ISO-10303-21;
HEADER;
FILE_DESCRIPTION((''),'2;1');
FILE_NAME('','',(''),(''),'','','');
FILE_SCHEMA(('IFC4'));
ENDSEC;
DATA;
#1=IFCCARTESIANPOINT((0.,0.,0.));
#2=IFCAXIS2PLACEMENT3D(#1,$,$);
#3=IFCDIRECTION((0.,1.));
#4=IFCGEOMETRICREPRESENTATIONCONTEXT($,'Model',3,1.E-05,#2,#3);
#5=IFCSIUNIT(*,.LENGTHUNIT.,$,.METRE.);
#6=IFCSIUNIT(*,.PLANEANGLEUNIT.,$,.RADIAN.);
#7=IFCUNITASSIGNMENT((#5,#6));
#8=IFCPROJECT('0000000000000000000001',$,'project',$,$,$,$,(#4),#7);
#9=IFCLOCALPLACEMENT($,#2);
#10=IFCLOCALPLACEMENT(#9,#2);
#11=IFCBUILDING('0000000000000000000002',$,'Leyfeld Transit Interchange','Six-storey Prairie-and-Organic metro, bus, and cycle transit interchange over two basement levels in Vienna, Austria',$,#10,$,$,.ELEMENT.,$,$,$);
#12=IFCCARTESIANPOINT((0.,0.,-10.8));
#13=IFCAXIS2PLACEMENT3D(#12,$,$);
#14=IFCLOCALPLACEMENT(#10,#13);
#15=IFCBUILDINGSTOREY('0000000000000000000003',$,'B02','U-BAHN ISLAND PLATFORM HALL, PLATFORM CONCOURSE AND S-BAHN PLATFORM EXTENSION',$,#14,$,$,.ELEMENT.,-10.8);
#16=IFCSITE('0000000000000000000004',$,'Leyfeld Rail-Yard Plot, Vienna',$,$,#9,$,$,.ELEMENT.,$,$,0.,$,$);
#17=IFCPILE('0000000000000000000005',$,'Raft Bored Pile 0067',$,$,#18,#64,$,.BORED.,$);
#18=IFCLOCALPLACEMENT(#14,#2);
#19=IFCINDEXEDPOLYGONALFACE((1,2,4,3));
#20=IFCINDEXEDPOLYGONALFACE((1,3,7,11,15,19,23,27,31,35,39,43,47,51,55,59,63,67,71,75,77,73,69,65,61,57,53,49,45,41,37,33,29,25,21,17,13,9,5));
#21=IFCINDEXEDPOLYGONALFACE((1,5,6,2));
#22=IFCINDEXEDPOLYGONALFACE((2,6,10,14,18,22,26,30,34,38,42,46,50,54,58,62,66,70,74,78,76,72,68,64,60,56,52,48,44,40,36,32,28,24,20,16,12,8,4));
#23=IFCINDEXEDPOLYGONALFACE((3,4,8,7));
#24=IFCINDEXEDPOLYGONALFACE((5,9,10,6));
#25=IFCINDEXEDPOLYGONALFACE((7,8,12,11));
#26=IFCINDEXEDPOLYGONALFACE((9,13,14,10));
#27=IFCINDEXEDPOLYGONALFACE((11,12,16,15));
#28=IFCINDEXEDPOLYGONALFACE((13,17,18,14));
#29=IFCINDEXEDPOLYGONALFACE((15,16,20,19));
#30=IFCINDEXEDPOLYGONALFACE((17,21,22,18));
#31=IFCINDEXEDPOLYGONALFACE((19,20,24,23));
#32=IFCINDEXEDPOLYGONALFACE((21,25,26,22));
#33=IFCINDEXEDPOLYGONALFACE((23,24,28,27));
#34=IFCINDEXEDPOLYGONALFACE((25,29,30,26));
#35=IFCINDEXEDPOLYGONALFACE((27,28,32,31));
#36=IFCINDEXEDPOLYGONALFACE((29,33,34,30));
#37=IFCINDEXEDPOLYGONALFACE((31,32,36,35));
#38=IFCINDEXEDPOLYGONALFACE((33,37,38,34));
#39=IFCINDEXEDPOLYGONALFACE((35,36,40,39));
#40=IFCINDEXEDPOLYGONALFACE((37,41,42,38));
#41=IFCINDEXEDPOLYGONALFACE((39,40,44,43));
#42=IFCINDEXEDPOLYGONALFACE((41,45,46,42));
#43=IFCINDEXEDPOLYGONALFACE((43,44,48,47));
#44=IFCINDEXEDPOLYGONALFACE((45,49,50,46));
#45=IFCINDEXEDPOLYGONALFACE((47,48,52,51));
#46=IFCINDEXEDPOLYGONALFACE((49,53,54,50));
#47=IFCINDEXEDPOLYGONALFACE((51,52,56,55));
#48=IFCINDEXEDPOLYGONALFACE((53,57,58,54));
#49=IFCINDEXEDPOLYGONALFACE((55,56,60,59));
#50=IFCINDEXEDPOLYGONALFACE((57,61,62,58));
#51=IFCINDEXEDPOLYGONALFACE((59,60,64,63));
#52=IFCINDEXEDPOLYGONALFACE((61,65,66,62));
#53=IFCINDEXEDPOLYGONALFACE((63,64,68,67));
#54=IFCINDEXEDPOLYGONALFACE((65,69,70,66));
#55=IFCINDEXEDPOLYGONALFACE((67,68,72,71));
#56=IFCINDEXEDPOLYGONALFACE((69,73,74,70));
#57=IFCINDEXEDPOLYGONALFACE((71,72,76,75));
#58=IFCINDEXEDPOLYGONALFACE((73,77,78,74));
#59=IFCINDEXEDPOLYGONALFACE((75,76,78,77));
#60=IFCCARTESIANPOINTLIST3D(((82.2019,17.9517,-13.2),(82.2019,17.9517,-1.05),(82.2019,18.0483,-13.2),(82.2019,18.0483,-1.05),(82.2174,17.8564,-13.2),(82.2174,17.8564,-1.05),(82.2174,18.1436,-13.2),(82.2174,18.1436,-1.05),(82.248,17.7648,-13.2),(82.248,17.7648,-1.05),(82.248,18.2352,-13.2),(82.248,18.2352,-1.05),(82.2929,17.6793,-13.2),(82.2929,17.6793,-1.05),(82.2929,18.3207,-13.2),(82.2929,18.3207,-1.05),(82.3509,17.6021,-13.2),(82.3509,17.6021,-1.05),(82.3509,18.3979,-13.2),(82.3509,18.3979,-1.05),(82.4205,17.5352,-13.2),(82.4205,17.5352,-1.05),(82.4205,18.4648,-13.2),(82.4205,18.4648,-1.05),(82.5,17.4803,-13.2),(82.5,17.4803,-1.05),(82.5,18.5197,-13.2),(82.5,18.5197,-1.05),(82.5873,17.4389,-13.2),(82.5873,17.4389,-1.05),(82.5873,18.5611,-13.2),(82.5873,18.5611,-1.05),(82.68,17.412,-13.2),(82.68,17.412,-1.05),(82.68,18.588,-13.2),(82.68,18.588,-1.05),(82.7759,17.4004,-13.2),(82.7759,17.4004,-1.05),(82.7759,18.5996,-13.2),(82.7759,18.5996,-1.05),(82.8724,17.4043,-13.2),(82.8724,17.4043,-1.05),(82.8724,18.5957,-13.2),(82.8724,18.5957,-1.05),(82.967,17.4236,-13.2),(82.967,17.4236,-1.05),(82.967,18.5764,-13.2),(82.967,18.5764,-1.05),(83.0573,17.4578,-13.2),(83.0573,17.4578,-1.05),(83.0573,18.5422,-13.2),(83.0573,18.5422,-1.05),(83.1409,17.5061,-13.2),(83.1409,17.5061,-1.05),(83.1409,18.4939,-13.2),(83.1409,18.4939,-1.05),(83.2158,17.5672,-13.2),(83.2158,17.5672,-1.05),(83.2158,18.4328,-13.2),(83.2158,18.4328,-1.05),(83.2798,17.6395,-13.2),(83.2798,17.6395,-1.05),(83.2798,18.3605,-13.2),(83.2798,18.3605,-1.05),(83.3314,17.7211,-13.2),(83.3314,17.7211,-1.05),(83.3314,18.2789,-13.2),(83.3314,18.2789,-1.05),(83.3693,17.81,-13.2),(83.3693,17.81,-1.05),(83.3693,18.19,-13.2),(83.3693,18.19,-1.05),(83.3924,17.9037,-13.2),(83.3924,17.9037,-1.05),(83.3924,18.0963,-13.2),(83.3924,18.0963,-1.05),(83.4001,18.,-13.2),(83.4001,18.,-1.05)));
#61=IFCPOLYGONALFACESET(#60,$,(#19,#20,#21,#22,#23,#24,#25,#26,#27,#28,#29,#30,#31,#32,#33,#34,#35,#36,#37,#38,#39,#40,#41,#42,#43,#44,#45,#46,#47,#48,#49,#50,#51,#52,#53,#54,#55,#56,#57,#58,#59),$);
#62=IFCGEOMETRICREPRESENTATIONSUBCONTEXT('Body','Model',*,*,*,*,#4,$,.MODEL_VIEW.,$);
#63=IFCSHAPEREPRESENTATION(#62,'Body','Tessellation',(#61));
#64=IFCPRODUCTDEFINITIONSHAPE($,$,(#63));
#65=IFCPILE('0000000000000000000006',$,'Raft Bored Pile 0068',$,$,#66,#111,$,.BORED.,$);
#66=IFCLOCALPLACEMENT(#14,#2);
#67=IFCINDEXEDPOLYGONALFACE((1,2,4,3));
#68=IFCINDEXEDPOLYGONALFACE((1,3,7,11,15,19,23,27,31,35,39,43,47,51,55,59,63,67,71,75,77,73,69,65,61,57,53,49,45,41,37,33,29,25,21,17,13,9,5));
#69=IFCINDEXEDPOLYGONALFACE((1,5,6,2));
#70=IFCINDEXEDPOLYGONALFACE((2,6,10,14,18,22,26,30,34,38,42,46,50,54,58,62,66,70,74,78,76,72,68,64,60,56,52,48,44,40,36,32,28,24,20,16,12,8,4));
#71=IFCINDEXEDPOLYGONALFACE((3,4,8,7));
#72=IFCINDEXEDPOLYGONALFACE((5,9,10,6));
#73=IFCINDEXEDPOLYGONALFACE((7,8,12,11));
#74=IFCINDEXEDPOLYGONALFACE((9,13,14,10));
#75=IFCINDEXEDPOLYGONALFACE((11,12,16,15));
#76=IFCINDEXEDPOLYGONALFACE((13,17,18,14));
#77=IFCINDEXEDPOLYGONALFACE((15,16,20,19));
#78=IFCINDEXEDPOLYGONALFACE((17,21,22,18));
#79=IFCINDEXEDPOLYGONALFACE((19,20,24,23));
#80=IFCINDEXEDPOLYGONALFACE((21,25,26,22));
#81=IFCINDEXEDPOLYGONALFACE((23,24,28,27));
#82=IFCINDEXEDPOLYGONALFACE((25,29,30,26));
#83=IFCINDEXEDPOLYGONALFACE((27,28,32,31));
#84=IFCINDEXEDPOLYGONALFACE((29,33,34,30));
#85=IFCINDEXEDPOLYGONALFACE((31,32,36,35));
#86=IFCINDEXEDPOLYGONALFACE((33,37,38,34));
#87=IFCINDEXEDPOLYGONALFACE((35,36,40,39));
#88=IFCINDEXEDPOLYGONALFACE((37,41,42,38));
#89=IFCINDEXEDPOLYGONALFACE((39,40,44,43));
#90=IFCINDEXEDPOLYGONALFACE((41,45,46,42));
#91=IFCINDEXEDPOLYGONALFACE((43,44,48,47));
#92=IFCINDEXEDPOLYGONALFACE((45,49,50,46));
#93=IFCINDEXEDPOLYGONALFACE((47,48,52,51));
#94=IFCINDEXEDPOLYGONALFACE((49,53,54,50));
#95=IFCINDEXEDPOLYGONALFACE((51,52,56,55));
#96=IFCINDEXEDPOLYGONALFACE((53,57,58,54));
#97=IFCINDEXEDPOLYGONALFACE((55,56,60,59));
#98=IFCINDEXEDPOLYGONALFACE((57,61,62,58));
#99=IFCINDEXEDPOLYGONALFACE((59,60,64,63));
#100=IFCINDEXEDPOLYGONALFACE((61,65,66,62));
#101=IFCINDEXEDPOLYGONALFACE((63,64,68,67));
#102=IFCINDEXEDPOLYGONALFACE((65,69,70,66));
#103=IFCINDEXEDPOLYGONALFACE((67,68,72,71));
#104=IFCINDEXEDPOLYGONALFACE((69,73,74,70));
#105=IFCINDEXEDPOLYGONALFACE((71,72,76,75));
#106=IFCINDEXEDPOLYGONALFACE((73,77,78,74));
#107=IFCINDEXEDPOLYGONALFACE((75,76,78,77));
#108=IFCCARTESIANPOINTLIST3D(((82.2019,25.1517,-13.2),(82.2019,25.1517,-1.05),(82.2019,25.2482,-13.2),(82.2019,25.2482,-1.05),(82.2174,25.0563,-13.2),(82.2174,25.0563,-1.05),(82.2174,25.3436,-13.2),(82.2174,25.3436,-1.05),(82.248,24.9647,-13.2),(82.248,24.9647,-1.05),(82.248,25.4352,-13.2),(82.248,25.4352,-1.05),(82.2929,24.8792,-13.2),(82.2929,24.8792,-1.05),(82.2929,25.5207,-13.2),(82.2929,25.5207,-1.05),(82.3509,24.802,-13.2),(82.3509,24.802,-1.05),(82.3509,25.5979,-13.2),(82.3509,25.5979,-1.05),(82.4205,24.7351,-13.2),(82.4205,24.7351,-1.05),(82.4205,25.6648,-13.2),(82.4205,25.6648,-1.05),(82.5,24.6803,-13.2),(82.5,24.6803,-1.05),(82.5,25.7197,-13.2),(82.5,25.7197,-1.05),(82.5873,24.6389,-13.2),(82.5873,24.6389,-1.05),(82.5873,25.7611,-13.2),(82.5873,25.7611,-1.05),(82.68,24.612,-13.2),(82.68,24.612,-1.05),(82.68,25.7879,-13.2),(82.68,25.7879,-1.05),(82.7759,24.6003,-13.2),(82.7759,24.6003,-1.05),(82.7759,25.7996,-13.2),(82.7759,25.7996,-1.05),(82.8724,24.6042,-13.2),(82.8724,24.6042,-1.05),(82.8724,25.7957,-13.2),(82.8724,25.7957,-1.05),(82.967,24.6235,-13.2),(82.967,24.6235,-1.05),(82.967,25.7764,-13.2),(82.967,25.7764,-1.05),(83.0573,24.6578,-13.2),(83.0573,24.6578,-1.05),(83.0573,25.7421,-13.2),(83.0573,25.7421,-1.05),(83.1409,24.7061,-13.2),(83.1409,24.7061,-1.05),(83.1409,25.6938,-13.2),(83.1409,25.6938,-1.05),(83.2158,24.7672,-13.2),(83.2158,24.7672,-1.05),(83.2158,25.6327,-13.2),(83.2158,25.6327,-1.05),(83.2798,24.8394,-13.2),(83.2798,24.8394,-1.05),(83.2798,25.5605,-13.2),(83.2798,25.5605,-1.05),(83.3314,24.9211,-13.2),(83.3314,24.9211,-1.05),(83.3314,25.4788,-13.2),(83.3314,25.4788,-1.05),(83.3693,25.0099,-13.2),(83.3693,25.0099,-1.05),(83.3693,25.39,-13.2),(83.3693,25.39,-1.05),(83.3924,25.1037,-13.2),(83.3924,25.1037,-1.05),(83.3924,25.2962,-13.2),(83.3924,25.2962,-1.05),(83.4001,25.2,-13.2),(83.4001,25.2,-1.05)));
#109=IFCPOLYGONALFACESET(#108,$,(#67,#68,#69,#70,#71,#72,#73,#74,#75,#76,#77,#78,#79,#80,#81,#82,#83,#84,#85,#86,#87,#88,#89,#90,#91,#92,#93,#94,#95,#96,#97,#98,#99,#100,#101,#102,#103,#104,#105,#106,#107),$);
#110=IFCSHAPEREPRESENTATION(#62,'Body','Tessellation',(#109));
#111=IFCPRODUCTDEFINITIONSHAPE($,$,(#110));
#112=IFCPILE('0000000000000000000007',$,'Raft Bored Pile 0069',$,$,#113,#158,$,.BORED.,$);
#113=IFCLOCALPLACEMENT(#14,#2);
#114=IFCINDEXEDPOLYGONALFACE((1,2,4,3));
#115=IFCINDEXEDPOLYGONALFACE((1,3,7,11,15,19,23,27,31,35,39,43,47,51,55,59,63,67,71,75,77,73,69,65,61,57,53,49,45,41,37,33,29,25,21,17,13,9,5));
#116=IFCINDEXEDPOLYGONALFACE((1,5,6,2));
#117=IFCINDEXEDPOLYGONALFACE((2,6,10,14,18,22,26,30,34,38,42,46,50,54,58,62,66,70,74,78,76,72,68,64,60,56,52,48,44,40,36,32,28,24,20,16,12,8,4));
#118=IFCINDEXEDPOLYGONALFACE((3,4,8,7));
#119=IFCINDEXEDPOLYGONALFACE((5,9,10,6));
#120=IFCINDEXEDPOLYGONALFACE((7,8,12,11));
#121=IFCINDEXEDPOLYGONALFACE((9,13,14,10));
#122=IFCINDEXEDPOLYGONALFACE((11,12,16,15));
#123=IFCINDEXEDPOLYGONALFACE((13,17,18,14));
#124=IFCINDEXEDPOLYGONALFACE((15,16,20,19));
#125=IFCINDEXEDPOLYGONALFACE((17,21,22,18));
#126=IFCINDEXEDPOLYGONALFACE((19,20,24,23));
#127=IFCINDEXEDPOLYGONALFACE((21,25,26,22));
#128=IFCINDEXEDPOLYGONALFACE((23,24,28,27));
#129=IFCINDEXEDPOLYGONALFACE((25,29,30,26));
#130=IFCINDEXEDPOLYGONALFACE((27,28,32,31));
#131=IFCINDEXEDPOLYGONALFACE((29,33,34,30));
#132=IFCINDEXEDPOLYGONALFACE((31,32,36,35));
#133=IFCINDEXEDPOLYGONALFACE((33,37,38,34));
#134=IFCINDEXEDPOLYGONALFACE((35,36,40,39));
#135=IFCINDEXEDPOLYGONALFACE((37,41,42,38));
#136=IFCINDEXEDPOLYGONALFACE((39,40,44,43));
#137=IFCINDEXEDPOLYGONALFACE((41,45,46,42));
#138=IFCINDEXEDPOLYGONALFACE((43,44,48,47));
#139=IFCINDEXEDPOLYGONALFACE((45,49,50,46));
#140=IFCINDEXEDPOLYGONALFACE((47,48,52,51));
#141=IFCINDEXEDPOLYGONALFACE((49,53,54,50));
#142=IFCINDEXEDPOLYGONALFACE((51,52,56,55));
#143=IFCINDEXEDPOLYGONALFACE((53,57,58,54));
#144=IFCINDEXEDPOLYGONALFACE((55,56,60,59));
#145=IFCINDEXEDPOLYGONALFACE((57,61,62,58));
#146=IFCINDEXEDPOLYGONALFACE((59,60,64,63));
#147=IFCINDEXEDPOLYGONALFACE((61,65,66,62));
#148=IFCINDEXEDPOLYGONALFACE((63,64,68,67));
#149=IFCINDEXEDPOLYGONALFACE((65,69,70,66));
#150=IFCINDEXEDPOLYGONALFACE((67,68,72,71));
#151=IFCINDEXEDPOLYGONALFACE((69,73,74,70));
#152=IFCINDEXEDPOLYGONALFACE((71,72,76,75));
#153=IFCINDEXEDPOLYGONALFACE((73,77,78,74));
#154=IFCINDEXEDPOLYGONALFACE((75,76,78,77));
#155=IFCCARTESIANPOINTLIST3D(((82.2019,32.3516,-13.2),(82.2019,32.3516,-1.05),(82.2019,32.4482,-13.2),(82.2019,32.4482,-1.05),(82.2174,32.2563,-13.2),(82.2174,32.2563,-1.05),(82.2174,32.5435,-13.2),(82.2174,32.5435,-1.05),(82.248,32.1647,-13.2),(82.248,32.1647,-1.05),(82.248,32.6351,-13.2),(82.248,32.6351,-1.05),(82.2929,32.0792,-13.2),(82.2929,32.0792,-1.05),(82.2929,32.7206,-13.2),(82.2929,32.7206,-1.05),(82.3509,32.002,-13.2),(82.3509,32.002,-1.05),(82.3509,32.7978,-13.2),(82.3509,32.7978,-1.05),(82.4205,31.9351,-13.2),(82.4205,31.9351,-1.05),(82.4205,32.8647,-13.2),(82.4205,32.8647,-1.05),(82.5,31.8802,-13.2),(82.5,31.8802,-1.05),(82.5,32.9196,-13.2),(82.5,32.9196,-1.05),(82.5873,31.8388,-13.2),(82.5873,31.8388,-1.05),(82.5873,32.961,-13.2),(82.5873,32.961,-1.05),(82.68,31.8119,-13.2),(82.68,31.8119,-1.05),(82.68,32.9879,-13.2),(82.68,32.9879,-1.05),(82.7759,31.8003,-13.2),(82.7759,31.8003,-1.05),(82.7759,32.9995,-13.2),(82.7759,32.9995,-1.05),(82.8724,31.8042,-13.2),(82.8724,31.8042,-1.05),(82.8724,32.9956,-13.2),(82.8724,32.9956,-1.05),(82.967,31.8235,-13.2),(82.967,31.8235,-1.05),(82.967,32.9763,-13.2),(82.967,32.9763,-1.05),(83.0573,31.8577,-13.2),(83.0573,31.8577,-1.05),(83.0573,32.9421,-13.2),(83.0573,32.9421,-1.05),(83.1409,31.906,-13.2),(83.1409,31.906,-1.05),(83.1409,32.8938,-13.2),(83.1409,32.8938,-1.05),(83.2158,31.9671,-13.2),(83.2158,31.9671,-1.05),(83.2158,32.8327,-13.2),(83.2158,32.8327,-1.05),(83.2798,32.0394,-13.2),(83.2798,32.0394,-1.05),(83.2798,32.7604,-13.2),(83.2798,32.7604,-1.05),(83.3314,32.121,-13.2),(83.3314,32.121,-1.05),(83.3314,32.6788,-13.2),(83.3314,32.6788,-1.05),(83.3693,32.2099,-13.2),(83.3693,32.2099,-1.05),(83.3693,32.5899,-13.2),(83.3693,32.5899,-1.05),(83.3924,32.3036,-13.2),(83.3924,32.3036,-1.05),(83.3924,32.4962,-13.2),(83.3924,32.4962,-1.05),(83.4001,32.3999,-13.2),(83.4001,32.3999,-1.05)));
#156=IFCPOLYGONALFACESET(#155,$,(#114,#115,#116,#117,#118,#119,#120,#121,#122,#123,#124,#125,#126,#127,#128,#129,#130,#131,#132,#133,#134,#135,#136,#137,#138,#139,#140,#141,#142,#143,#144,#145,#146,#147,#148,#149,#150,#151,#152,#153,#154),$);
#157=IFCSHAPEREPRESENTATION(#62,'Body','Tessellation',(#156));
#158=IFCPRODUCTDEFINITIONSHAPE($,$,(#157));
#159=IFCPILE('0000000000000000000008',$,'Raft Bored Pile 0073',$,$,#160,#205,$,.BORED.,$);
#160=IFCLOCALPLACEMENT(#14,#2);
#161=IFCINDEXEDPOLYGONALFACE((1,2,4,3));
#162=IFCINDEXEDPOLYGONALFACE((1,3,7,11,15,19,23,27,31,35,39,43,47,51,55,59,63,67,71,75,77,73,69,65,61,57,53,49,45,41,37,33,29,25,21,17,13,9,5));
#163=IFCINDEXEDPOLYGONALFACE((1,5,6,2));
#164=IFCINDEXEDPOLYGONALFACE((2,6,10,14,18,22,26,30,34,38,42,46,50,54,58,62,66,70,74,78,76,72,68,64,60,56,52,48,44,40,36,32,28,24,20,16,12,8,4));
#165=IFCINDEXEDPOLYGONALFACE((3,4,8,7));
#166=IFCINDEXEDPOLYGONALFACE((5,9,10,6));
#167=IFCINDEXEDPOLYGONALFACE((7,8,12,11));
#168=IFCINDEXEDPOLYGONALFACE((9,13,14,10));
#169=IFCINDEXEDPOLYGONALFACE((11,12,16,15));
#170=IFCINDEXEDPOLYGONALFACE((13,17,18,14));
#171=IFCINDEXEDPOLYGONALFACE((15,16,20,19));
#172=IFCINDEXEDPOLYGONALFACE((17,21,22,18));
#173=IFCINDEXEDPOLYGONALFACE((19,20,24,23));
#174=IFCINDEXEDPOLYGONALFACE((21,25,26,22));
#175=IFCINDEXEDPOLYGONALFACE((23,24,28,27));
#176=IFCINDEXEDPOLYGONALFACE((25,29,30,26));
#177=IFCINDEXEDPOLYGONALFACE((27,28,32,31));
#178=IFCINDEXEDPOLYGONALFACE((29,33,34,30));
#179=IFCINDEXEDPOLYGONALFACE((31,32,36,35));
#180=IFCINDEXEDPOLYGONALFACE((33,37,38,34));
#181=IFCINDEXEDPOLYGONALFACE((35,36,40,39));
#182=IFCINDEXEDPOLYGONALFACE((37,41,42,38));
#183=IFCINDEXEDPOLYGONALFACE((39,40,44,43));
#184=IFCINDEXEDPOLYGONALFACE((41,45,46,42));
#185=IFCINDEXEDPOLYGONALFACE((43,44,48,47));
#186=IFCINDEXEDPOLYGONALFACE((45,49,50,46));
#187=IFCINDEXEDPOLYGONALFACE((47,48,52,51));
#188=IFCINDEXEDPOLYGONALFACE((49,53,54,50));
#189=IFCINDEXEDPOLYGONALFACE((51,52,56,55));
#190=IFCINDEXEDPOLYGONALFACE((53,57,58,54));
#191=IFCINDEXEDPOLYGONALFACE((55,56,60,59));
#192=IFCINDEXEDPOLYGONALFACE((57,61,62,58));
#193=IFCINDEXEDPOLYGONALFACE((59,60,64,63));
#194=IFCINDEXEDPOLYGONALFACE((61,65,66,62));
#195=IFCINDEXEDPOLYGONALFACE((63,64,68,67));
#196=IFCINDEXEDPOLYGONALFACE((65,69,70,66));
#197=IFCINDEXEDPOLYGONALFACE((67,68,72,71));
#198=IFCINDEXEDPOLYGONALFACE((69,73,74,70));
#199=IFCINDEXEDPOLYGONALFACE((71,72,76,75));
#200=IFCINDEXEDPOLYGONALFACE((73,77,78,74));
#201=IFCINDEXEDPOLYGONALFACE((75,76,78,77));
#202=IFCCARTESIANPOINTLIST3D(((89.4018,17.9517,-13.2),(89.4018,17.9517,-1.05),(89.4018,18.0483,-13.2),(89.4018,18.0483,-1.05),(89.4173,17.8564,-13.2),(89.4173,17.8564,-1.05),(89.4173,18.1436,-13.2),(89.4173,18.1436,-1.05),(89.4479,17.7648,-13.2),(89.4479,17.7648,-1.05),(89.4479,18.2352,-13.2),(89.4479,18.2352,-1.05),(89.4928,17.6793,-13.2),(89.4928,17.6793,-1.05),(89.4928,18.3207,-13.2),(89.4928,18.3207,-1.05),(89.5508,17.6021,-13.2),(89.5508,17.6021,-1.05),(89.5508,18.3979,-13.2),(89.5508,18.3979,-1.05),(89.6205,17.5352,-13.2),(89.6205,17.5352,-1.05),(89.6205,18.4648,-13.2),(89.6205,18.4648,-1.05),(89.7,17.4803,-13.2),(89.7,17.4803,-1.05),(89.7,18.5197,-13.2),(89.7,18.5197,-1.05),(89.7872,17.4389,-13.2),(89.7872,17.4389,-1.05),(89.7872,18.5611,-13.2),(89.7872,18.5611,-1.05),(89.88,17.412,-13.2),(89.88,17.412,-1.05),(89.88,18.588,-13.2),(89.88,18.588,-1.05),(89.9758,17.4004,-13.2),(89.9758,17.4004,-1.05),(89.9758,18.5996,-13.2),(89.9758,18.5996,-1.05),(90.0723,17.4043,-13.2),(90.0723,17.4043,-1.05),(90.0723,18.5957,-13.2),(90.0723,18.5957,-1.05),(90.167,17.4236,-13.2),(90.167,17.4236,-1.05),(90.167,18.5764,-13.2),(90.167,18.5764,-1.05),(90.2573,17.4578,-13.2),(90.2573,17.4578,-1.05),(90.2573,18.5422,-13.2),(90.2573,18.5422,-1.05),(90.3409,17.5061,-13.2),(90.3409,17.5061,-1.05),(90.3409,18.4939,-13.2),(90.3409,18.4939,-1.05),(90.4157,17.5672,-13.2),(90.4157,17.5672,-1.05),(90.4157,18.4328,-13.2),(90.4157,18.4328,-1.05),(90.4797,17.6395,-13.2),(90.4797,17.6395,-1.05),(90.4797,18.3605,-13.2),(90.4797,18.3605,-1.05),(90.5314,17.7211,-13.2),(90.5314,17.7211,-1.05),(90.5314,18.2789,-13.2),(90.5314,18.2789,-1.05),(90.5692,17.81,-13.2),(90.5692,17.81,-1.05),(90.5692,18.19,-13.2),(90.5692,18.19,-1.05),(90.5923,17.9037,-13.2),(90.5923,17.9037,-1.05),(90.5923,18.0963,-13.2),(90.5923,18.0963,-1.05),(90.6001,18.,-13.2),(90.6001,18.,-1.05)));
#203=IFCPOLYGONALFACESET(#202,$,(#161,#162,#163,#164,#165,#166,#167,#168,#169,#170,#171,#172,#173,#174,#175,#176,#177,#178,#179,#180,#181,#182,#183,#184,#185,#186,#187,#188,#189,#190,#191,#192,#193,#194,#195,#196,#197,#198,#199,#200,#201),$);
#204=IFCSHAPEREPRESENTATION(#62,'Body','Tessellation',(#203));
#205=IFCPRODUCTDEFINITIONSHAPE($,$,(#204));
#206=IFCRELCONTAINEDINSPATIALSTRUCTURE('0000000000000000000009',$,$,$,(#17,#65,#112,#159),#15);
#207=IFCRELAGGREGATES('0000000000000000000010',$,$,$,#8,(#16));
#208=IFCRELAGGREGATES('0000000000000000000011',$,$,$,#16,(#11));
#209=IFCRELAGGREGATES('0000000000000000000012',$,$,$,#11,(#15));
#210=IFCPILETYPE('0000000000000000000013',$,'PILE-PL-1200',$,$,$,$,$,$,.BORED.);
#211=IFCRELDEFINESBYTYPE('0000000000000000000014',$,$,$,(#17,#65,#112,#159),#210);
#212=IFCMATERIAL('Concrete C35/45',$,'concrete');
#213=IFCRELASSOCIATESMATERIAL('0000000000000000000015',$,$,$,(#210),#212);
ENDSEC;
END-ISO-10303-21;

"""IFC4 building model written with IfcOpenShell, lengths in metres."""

from ifc_helpers import new_model, si_unit, direction, frame, origin, origin_2d, place, context, subcontext, project, spatial, circle, extrude, material, material_profile, profile_set, type_object, element, save


model = new_model("IFC4")

# Units and contexts
model_context = context("Model", 3, precision=1e-05, world=origin(), true_north=direction((0.0, 1.0)))
body_context = subcontext(model_context, "Body", "Model", "MODEL_VIEW")
ifc_project = project(units=[si_unit("LENGTHUNIT", "METRE"), si_unit("PLANEANGLEUNIT", "RADIAN")], contexts=[model_context])

# Site, building, storey
site_placement = place(None, origin())
site = spatial("IfcSite", under=ifc_project, at=site_placement, Name="Leyfeld Rail-Yard Plot, Vienna", CompositionType="ELEMENT", RefElevation=0.0)
building_placement = place(site_placement, origin())
building = spatial("IfcBuilding", under=site, at=building_placement, Name="Leyfeld Transit Interchange", Description="Six-storey Prairie-and-Organic metro, bus, and cycle transit interchange over two basement levels in Vienna, Austria", CompositionType="ELEMENT")
storey_placement = place(building_placement, frame((0.0, 0.0, -10.8)))
storey = spatial("IfcBuildingStorey", under=building, at=storey_placement, Name="B02", Description="U-BAHN ISLAND PLATFORM HALL, PLATFORM CONCOURSE AND S-BAHN PLATFORM EXTENSION", CompositionType="ELEMENT", Elevation=-10.8)

# Piles
ifc_material = material(Name="Concrete C35/45", Category="concrete")
ifc_material_profile_1 = material_profile(ifc_material, circle(Radius=0.6001, at=origin_2d()), Name="PILE D1200")
ifc_profile_set_1 = profile_set([ifc_material_profile_1], Name="Concrete C35/45")
pile_type = type_object("IfcPileType", Name="PILE-PL-1200", PredefinedType="BORED", material=ifc_profile_set_1)
for number, where, z_axis, x_axis, name in (
    (1, (82.8, 18.0, -1.05), (0.0, 0.0, -1.0), (1.0, 0.0, 0.0), "Raft Bored Pile 0067"),
    (2, (82.8, 25.2, -1.05), (0.0, 0.0, -1.0), (1.0, 0.0, 0.0), "Raft Bored Pile 0068"),
    (3, (82.8, 32.3999, -1.05), (0.0, 0.0, -1.0), (1.0, 0.0, 0.0), "Raft Bored Pile 0069"),
    (4, (90.0, 18.0, -1.05), (0.0, 0.0, -1.0), (1.0, 0.0, 0.0), "Raft Bored Pile 0073"),
):
    element("IfcPile", number, at=place(storey_placement, frame(where, z_axis=z_axis, x_axis=x_axis)), inside=storey, type_object=pile_type, Name=name, PredefinedType="BORED", context=body_context, shape_type="SweptSolid", body=[
        extrude(circle(Radius=0.6001, at=origin_2d()), origin(), (0.0, 0.0, 1.0), 12.1499),
    ])

save(model, "model.ifc")
